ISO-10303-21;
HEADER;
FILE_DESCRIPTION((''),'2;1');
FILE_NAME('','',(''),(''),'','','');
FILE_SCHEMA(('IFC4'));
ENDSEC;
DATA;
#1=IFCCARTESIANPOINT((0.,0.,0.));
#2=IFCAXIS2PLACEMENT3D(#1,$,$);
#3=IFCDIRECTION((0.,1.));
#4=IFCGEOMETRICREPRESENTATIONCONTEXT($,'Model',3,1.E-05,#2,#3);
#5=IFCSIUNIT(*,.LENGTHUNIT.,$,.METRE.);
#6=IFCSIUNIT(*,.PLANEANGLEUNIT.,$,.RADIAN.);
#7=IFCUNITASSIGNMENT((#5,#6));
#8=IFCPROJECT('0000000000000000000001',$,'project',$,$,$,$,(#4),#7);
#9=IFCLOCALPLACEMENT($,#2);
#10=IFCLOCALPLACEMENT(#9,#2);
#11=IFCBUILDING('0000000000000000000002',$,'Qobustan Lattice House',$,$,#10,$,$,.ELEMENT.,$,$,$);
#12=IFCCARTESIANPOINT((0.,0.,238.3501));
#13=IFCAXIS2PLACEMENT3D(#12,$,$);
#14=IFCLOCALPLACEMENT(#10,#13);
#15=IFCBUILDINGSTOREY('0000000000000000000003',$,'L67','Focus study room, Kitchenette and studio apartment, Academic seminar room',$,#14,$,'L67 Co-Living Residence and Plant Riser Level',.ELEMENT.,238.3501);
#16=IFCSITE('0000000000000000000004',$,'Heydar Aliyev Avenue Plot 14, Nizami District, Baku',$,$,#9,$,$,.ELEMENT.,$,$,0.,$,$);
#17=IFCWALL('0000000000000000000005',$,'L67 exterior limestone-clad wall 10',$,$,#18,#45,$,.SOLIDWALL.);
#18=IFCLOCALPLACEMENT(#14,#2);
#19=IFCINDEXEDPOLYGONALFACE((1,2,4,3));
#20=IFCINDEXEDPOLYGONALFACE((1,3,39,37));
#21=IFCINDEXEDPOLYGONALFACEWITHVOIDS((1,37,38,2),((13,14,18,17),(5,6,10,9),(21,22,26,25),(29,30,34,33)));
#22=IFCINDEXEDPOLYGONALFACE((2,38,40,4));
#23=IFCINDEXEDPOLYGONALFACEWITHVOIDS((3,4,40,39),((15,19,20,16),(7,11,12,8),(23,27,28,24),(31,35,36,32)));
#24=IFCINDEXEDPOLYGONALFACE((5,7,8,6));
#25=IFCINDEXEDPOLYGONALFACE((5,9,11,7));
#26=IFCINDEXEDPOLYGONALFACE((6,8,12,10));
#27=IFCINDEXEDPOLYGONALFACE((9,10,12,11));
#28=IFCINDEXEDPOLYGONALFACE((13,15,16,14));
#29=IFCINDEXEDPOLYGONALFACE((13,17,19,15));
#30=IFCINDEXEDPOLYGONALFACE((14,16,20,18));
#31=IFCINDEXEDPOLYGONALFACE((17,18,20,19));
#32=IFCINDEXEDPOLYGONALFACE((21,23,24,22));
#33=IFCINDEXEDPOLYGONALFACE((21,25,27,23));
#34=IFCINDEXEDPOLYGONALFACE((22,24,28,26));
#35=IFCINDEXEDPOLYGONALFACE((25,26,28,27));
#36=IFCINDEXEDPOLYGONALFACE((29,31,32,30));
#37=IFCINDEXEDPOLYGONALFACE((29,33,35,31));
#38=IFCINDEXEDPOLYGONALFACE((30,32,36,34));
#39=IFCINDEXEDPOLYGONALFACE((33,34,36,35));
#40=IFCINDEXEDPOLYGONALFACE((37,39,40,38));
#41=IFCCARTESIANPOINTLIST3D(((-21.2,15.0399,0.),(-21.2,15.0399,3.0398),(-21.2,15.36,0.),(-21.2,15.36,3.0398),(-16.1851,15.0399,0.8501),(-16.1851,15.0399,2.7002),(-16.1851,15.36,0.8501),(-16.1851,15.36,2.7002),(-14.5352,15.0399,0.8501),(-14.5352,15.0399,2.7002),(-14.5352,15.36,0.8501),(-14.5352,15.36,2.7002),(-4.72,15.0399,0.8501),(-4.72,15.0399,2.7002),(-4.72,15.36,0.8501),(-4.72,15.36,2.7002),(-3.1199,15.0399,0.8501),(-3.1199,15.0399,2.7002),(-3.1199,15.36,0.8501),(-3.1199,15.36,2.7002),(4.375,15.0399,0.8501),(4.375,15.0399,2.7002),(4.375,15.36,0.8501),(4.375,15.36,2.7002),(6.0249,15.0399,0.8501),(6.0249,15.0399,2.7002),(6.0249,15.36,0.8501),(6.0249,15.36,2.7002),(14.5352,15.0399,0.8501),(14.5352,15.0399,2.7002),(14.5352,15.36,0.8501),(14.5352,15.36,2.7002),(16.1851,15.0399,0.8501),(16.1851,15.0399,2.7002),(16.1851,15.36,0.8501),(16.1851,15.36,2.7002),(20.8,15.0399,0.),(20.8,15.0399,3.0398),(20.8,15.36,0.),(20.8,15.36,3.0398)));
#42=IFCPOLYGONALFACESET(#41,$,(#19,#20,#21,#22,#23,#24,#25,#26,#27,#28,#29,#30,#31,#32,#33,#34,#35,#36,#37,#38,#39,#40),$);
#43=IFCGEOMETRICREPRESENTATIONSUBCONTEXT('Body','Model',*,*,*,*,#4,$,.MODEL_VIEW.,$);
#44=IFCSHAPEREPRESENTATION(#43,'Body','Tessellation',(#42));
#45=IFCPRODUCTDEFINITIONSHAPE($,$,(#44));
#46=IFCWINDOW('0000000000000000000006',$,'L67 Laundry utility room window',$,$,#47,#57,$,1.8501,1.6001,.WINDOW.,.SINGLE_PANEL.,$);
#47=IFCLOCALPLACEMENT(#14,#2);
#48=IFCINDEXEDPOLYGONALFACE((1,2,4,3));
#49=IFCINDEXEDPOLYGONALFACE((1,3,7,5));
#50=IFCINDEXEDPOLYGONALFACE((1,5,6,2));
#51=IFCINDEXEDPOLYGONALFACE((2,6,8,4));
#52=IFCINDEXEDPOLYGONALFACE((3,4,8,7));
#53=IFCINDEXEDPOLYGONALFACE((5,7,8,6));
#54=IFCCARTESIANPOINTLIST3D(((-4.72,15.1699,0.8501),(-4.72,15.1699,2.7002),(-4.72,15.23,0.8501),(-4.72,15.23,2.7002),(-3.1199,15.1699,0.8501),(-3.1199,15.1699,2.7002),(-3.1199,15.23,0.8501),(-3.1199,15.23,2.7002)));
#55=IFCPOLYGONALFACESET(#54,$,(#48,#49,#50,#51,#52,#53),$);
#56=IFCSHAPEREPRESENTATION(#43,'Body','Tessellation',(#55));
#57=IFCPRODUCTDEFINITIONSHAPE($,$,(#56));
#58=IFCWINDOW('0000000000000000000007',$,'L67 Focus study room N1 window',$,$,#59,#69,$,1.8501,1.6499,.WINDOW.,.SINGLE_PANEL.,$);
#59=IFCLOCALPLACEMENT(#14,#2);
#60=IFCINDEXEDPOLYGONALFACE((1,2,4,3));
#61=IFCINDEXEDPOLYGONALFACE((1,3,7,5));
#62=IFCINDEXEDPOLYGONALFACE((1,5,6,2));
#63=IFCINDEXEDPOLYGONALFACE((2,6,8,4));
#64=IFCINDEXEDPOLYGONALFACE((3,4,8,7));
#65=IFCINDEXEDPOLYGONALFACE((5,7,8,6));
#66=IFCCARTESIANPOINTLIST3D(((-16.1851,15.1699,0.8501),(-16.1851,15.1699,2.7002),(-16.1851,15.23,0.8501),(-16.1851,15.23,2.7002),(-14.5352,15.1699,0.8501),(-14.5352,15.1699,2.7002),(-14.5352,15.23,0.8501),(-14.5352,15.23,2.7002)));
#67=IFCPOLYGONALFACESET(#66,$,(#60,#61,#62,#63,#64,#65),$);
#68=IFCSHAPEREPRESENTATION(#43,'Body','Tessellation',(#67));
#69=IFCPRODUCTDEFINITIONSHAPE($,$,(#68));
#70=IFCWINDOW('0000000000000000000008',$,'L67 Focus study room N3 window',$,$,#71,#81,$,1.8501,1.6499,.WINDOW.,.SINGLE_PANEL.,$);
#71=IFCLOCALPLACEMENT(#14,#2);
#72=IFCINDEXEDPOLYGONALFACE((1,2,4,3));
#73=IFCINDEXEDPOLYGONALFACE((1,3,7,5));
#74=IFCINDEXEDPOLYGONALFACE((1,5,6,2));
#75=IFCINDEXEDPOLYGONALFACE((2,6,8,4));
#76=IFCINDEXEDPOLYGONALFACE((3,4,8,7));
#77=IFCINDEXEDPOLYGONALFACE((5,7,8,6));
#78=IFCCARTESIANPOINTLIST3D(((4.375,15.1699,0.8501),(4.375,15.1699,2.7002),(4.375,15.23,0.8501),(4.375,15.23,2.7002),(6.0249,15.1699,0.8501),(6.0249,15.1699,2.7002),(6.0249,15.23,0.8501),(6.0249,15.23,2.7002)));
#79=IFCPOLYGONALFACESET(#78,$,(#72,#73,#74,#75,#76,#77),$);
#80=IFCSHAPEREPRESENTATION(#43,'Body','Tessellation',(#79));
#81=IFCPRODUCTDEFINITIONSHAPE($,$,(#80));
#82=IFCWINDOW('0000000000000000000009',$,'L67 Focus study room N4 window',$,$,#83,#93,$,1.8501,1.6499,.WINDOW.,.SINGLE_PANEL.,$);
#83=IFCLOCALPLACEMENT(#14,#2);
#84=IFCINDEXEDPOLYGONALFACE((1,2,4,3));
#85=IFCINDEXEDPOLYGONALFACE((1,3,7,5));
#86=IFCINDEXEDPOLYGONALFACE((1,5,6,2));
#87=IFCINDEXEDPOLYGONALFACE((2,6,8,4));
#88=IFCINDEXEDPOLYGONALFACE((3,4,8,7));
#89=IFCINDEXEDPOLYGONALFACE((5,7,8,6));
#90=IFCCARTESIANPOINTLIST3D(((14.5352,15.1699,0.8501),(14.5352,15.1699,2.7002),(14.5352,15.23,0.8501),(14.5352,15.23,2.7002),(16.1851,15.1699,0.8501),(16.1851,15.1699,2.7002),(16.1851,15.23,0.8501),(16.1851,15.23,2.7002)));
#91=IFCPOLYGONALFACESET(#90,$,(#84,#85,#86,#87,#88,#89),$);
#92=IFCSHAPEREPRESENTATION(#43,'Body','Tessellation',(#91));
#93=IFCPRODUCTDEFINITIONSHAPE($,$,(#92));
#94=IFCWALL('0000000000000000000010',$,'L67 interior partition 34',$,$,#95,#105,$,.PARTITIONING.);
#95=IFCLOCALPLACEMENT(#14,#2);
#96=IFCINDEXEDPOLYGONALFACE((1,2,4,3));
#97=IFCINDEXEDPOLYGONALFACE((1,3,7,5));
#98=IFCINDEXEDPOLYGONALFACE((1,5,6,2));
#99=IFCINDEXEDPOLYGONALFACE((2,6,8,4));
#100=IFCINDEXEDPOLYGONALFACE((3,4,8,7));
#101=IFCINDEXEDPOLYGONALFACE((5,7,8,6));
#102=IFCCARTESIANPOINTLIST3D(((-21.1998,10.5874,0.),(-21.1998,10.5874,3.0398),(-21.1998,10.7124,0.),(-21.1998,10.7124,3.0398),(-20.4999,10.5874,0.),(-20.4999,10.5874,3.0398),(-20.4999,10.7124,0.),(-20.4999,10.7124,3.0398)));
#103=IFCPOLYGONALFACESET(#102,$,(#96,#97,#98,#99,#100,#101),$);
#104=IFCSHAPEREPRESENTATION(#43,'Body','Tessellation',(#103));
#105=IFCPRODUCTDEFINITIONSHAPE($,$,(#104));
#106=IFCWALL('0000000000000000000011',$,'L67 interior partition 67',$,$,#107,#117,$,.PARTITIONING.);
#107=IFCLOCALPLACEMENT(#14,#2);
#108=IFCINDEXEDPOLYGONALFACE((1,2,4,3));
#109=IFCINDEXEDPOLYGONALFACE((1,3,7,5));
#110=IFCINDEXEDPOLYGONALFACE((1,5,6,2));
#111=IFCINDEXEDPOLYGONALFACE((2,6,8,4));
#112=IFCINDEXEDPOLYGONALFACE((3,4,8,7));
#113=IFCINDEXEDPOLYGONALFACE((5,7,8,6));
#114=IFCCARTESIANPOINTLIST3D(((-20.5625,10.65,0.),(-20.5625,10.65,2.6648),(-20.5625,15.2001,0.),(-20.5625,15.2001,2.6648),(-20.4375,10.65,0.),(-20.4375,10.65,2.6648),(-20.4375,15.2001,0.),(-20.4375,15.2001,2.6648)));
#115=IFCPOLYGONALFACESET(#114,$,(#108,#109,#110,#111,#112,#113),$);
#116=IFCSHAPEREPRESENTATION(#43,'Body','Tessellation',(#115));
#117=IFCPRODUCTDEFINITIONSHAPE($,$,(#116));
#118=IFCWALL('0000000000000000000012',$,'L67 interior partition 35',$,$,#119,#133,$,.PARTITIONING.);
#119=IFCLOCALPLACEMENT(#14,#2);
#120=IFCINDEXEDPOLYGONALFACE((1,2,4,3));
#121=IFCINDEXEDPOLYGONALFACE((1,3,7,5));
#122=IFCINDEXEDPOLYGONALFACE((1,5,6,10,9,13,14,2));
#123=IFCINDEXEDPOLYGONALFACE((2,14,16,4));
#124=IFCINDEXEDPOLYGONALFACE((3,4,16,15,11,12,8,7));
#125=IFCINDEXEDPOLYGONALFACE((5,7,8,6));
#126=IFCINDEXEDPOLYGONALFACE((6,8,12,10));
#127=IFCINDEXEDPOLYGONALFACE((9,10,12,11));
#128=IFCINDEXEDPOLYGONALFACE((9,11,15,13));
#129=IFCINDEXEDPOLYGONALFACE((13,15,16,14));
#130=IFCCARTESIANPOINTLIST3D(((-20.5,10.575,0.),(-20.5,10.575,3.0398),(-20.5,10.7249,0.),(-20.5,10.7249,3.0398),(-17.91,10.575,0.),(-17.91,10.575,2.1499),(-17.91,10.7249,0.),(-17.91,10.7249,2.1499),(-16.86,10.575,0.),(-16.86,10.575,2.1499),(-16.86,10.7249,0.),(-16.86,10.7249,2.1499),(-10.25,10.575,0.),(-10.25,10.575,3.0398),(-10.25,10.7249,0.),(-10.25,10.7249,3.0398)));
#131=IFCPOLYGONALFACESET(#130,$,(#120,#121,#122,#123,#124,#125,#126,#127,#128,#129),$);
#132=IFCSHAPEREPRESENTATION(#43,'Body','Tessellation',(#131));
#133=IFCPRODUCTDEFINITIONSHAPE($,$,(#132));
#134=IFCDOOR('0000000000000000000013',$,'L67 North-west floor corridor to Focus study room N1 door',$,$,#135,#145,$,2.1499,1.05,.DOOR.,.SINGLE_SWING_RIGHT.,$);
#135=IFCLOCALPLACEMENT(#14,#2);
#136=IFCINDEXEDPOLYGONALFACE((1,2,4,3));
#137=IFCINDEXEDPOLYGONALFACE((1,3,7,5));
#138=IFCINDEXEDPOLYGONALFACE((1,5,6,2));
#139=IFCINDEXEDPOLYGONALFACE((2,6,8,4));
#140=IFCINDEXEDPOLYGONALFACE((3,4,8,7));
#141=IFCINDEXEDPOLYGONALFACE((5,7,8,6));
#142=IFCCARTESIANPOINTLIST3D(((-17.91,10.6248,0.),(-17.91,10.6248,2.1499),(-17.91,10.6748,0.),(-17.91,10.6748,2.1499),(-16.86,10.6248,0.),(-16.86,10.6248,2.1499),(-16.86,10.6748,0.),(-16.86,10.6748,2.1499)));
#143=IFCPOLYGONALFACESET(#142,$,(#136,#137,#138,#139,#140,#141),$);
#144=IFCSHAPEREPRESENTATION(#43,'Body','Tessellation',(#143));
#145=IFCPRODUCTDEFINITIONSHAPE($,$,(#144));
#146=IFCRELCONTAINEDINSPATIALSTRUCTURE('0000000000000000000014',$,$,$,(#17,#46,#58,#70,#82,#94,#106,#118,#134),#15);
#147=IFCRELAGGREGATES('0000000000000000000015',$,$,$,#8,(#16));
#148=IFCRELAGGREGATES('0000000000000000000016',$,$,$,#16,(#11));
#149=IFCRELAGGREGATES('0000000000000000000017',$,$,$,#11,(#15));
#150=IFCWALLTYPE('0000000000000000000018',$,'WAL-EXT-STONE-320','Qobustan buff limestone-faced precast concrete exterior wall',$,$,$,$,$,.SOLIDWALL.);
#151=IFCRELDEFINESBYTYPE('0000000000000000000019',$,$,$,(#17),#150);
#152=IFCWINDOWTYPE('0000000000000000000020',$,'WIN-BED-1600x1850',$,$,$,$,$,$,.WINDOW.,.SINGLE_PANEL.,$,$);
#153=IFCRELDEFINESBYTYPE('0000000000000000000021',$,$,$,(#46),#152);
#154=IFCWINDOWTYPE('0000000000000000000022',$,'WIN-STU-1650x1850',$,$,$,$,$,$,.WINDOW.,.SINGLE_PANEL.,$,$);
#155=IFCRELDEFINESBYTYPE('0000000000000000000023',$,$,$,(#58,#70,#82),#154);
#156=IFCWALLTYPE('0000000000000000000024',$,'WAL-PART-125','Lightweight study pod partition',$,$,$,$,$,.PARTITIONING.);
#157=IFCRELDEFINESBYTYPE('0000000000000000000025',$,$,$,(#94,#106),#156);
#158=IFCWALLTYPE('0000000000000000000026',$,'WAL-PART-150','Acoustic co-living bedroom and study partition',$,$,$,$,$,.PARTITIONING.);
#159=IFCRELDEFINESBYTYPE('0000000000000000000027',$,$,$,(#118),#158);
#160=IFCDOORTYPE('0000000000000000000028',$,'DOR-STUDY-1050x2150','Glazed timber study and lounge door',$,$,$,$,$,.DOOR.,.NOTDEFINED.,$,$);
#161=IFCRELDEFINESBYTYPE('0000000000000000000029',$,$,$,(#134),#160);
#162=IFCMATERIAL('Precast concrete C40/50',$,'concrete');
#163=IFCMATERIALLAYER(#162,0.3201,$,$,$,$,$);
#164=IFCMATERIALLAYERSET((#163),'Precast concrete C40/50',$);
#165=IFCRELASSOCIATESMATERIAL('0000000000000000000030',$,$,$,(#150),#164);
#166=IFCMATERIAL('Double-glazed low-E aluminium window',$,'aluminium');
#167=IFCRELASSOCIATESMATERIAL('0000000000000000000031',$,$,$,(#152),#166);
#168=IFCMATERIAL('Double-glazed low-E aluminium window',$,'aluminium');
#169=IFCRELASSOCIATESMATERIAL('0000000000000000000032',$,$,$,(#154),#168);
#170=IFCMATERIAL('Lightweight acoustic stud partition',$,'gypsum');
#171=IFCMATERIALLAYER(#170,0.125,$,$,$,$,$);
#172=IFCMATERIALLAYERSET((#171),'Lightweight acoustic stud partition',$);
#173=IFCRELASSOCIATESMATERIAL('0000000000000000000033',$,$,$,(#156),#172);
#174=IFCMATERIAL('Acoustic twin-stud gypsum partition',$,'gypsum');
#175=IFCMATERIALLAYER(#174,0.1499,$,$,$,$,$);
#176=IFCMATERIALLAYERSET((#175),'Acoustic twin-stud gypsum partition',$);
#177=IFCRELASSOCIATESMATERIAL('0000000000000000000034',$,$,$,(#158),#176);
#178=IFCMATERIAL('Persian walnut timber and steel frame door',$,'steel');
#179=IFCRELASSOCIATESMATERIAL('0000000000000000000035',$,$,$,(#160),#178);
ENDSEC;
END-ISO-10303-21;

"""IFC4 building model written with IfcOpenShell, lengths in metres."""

from ifc_helpers import new_model, si_unit, direction, frame, frame_2d, origin, place, context, subcontext, project, spatial, rectangle, extrude, material, layer, layer_set, type_object, element, fill, save


model = new_model("IFC4")

# Units and contexts
model_context = context("Model", 3, precision=1e-05, world=origin(), true_north=direction((0.0, 1.0)))
body_context = subcontext(model_context, "Body", "Model", "MODEL_VIEW")
ifc_project = project(units=[si_unit("LENGTHUNIT", "METRE"), si_unit("PLANEANGLEUNIT", "RADIAN")], contexts=[model_context])

# Site, building, storey
site_placement = place(None, origin())
site = spatial("IfcSite", under=ifc_project, at=site_placement, Name="Heydar Aliyev Avenue Plot 14, Nizami District, Baku", CompositionType="ELEMENT", RefElevation=0.0)
building_placement = place(site_placement, origin())
building = spatial("IfcBuilding", under=site, at=building_placement, Name="Qobustan Lattice House", CompositionType="ELEMENT")
storey_placement = place(building_placement, frame((0.0, 0.0, 238.3501)))
storey = spatial("IfcBuildingStorey", under=building, at=storey_placement, Name="L67", Description="Focus study room, Kitchenette and studio apartment, Academic seminar room", LongName="L67 Co-Living Residence and Plant Riser Level", CompositionType="ELEMENT", Elevation=238.3501)

# Shared definitions
ifc_material_1 = material(Name="Precast concrete C40/50", Category="concrete")
ifc_layer_1 = layer(ifc_material_1, 0.3201)
ifc_layer_set_1 = layer_set([ifc_layer_1], Name="Precast concrete C40/50")
wall_type_1 = type_object("IfcWallType", Name="WAL-EXT-STONE-320", Description="Qobustan buff limestone-faced precast concrete exterior wall", PredefinedType="SOLIDWALL", material=ifc_layer_set_1)

# Wall, openings, windows
wall_1_placement = place(storey_placement, frame((-21.2, 15.2, 0.0), z_axis=(0.0, 0.0, 1.0), x_axis=(1.0, 0.0, 0.0)))
wall_1 = element("IfcWall", 1, at=wall_1_placement, inside=storey, type_object=wall_type_1, Name="L67 exterior limestone-clad wall 10", PredefinedType="SOLIDWALL", context=body_context, shape_type="SweptSolid", body=[
    extrude(rectangle(XDim=42.0, YDim=0.3201, at=frame_2d((21.0, 0.0))), origin(), (0.0, 0.0, 1.0), 3.0398),
])
opening_1_placement = place(wall_1_placement, frame((5.0149, 0.0, 0.8501)))
opening_1 = element("IfcOpeningElement", 2, at=opening_1_placement, cuts=wall_1, PredefinedType="OPENING", context=body_context, shape_type="SweptSolid", body=[
    extrude(rectangle(XDim=1.6499, YDim=1.8501, at=frame_2d((0.825, 0.925))), frame((0.0, 0.1699, 0.0), z_axis=(0.0, -1.0, 0.0), x_axis=(1.0, 0.0, 0.0)), (0.0, 0.0, 1.0), 0.3401),
])
opening_2_placement = place(wall_1_placement, frame((16.48, 0.0, 0.8501)))
opening_2 = element("IfcOpeningElement", 3, at=opening_2_placement, cuts=wall_1, PredefinedType="OPENING", context=body_context, shape_type="SweptSolid", body=[
    extrude(rectangle(XDim=1.6001, YDim=1.8501, at=frame_2d((0.8, 0.925))), frame((0.0, 0.1699, 0.0), z_axis=(0.0, -1.0, 0.0), x_axis=(1.0, 0.0, 0.0)), (0.0, 0.0, 1.0), 0.3401),
])
opening_3_placement = place(wall_1_placement, frame((25.575, 0.0, 0.8501)))
opening_3 = element("IfcOpeningElement", 4, at=opening_3_placement, cuts=wall_1, PredefinedType="OPENING", context=body_context, shape_type="SweptSolid", body=[
    extrude(rectangle(XDim=1.6499, YDim=1.8501, at=frame_2d((0.825, 0.925))), frame((0.0, 0.1699, 0.0), z_axis=(0.0, -1.0, 0.0), x_axis=(1.0, 0.0, 0.0)), (0.0, 0.0, 1.0), 0.3401),
])
opening_4_placement = place(wall_1_placement, frame((35.7351, 0.0, 0.8501)))
opening_4 = element("IfcOpeningElement", 5, at=opening_4_placement, cuts=wall_1, PredefinedType="OPENING", context=body_context, shape_type="SweptSolid", body=[
    extrude(rectangle(XDim=1.6499, YDim=1.8501, at=frame_2d((0.825, 0.925))), frame((0.0, 0.1699, 0.0), z_axis=(0.0, -1.0, 0.0), x_axis=(1.0, 0.0, 0.0)), (0.0, 0.0, 1.0), 0.3401),
])
ifc_material_2 = material(Name="Double-glazed low-E aluminium window", Category="aluminium")
window_type_1 = type_object("IfcWindowType", Name="WIN-BED-1600x1850", PartitioningType="SINGLE_PANEL", PredefinedType="WINDOW", material=ifc_material_2)
window_1_placement = place(opening_2_placement, origin())
window_1 = element("IfcWindow", 6, at=window_1_placement, inside=storey, type_object=window_type_1, Name="L67 Laundry utility room window", OverallHeight=1.8501, OverallWidth=1.6001, PartitioningType="SINGLE_PANEL", PredefinedType="WINDOW", context=body_context, shape_type="SweptSolid", body=[
    extrude(rectangle(XDim=1.6001, YDim=1.8501, at=frame_2d((0.8, 0.925))), frame((0.0, 0.03, 0.0), z_axis=(0.0, -1.0, 0.0), x_axis=(1.0, 0.0, 0.0)), (0.0, 0.0, 1.0), 0.0601),
])
fill(opening_2, window_1)
ifc_material_3 = material(Name="Double-glazed low-E aluminium window", Category="aluminium")
window_type_2 = type_object("IfcWindowType", Name="WIN-STU-1650x1850", PartitioningType="SINGLE_PANEL", PredefinedType="WINDOW", material=ifc_material_3)
window_2_placement = place(opening_1_placement, origin())
window_2 = element("IfcWindow", 7, at=window_2_placement, inside=storey, type_object=window_type_2, Name="L67 Focus study room N1 window", OverallHeight=1.8501, OverallWidth=1.6499, PartitioningType="SINGLE_PANEL", PredefinedType="WINDOW", context=body_context, shape_type="SweptSolid", body=[
    extrude(rectangle(XDim=1.6499, YDim=1.8501, at=frame_2d((0.825, 0.925))), frame((0.0, 0.03, 0.0), z_axis=(0.0, -1.0, 0.0), x_axis=(1.0, 0.0, 0.0)), (0.0, 0.0, 1.0), 0.0601),
])
fill(opening_1, window_2)
window_3_placement = place(opening_3_placement, origin())
window_3 = element("IfcWindow", 8, at=window_3_placement, inside=storey, type_object=window_type_2, Name="L67 Focus study room N3 window", OverallHeight=1.8501, OverallWidth=1.6499, PartitioningType="SINGLE_PANEL", PredefinedType="WINDOW", context=body_context, shape_type="SweptSolid", body=[
    extrude(rectangle(XDim=1.6499, YDim=1.8501, at=frame_2d((0.825, 0.925))), frame((0.0, 0.03, 0.0), z_axis=(0.0, -1.0, 0.0), x_axis=(1.0, 0.0, 0.0)), (0.0, 0.0, 1.0), 0.0601),
])
fill(opening_3, window_3)
window_4_placement = place(opening_4_placement, origin())
window_4 = element("IfcWindow", 9, at=window_4_placement, inside=storey, type_object=window_type_2, Name="L67 Focus study room N4 window", OverallHeight=1.8501, OverallWidth=1.6499, PartitioningType="SINGLE_PANEL", PredefinedType="WINDOW", context=body_context, shape_type="SweptSolid", body=[
    extrude(rectangle(XDim=1.6499, YDim=1.8501, at=frame_2d((0.825, 0.925))), frame((0.0, 0.03, 0.0), z_axis=(0.0, -1.0, 0.0), x_axis=(1.0, 0.0, 0.0)), (0.0, 0.0, 1.0), 0.0601),
])
fill(opening_4, window_4)

# Walls
ifc_material_4 = material(Name="Lightweight acoustic stud partition", Category="gypsum")
ifc_layer_2 = layer(ifc_material_4, 0.125)
ifc_layer_set_2 = layer_set([ifc_layer_2], Name="Lightweight acoustic stud partition")
wall_type_2 = type_object("IfcWallType", Name="WAL-PART-125", Description="Lightweight study pod partition", PredefinedType="PARTITIONING", material=ifc_layer_set_2)
wall_2_placement = place(storey_placement, frame((-21.2, 10.6499, 0.0), z_axis=(0.0, 0.0, 1.0), x_axis=(1.0, 0.0, 0.0)))
element("IfcWall", 10, at=wall_2_placement, inside=storey, type_object=wall_type_2, Name="L67 interior partition 34", PredefinedType="PARTITIONING", context=body_context, shape_type="SweptSolid", body=[
    extrude(rectangle(XDim=0.7, YDim=0.125, at=frame_2d((0.3501, 0.0))), origin(), (0.0, 0.0, 1.0), 3.0398),
])
wall_3_placement = place(storey_placement, frame((-20.5, 15.2, 0.0), z_axis=(0.0, 0.0, 1.0), x_axis=(0.0, -1.0, 0.0)))
element("IfcWall", 11, at=wall_3_placement, inside=storey, type_object=wall_type_2, Name="L67 interior partition 67", PredefinedType="PARTITIONING", context=body_context, shape_type="SweptSolid", body=[
    extrude(rectangle(XDim=4.55, YDim=0.125, at=frame_2d((2.2749, 0.0))), origin(), (0.0, 0.0, 1.0), 2.6648),
])

# Wall, opening, door
ifc_material_5 = material(Name="Acoustic twin-stud gypsum partition", Category="gypsum")
ifc_layer_3 = layer(ifc_material_5, 0.1499)
ifc_layer_set_3 = layer_set([ifc_layer_3], Name="Acoustic twin-stud gypsum partition")
wall_type_3 = type_object("IfcWallType", Name="WAL-PART-150", Description="Acoustic co-living bedroom and study partition", PredefinedType="PARTITIONING", material=ifc_layer_set_3)
wall_4_placement = place(storey_placement, frame((-20.5, 10.6499, 0.0), z_axis=(0.0, 0.0, 1.0), x_axis=(1.0, 0.0, 0.0)))
wall_4 = element("IfcWall", 12, at=wall_4_placement, inside=storey, type_object=wall_type_3, Name="L67 interior partition 35", PredefinedType="PARTITIONING", context=body_context, shape_type="SweptSolid", body=[
    extrude(rectangle(XDim=10.25, YDim=0.1499, at=frame_2d((5.125, 0.0))), origin(), (0.0, 0.0, 1.0), 3.0398),
])
opening_5_placement = place(wall_4_placement, frame((2.5901, 0.0, 0.0)))
opening_5 = element("IfcOpeningElement", 13, at=opening_5_placement, cuts=wall_4, PredefinedType="OPENING", context=body_context, shape_type="SweptSolid", body=[
    extrude(rectangle(XDim=1.05, YDim=2.1499, at=frame_2d((0.5249, 1.075))), frame((0.0, 0.085, 0.0), z_axis=(0.0, -1.0, 0.0), x_axis=(1.0, 0.0, 0.0)), (0.0, 0.0, 1.0), 0.1699),
])
ifc_material_6 = material(Name="Persian walnut timber and steel frame door", Category="steel")
door_type = type_object("IfcDoorType", Name="DOR-STUDY-1050x2150", Description="Glazed timber study and lounge door", OperationType="NOTDEFINED", PredefinedType="DOOR", material=ifc_material_6)
door_placement = place(opening_5_placement, origin())
door = element("IfcDoor", 14, at=door_placement, inside=storey, type_object=door_type, Name="L67 North-west floor corridor to Focus study room N1 door", OperationType="SINGLE_SWING_RIGHT", OverallHeight=2.1499, OverallWidth=1.05, PredefinedType="DOOR", context=body_context, shape_type="SweptSolid", body=[
    extrude(rectangle(XDim=1.05, YDim=2.1499, at=frame_2d((0.5249, 1.075))), frame((0.0, 0.0249, 0.0), z_axis=(0.0, -1.0, 0.0), x_axis=(1.0, 0.0, 0.0)), (0.0, 0.0, 1.0), 0.05),
])
fill(opening_5, door)

save(model, "model.ifc")
